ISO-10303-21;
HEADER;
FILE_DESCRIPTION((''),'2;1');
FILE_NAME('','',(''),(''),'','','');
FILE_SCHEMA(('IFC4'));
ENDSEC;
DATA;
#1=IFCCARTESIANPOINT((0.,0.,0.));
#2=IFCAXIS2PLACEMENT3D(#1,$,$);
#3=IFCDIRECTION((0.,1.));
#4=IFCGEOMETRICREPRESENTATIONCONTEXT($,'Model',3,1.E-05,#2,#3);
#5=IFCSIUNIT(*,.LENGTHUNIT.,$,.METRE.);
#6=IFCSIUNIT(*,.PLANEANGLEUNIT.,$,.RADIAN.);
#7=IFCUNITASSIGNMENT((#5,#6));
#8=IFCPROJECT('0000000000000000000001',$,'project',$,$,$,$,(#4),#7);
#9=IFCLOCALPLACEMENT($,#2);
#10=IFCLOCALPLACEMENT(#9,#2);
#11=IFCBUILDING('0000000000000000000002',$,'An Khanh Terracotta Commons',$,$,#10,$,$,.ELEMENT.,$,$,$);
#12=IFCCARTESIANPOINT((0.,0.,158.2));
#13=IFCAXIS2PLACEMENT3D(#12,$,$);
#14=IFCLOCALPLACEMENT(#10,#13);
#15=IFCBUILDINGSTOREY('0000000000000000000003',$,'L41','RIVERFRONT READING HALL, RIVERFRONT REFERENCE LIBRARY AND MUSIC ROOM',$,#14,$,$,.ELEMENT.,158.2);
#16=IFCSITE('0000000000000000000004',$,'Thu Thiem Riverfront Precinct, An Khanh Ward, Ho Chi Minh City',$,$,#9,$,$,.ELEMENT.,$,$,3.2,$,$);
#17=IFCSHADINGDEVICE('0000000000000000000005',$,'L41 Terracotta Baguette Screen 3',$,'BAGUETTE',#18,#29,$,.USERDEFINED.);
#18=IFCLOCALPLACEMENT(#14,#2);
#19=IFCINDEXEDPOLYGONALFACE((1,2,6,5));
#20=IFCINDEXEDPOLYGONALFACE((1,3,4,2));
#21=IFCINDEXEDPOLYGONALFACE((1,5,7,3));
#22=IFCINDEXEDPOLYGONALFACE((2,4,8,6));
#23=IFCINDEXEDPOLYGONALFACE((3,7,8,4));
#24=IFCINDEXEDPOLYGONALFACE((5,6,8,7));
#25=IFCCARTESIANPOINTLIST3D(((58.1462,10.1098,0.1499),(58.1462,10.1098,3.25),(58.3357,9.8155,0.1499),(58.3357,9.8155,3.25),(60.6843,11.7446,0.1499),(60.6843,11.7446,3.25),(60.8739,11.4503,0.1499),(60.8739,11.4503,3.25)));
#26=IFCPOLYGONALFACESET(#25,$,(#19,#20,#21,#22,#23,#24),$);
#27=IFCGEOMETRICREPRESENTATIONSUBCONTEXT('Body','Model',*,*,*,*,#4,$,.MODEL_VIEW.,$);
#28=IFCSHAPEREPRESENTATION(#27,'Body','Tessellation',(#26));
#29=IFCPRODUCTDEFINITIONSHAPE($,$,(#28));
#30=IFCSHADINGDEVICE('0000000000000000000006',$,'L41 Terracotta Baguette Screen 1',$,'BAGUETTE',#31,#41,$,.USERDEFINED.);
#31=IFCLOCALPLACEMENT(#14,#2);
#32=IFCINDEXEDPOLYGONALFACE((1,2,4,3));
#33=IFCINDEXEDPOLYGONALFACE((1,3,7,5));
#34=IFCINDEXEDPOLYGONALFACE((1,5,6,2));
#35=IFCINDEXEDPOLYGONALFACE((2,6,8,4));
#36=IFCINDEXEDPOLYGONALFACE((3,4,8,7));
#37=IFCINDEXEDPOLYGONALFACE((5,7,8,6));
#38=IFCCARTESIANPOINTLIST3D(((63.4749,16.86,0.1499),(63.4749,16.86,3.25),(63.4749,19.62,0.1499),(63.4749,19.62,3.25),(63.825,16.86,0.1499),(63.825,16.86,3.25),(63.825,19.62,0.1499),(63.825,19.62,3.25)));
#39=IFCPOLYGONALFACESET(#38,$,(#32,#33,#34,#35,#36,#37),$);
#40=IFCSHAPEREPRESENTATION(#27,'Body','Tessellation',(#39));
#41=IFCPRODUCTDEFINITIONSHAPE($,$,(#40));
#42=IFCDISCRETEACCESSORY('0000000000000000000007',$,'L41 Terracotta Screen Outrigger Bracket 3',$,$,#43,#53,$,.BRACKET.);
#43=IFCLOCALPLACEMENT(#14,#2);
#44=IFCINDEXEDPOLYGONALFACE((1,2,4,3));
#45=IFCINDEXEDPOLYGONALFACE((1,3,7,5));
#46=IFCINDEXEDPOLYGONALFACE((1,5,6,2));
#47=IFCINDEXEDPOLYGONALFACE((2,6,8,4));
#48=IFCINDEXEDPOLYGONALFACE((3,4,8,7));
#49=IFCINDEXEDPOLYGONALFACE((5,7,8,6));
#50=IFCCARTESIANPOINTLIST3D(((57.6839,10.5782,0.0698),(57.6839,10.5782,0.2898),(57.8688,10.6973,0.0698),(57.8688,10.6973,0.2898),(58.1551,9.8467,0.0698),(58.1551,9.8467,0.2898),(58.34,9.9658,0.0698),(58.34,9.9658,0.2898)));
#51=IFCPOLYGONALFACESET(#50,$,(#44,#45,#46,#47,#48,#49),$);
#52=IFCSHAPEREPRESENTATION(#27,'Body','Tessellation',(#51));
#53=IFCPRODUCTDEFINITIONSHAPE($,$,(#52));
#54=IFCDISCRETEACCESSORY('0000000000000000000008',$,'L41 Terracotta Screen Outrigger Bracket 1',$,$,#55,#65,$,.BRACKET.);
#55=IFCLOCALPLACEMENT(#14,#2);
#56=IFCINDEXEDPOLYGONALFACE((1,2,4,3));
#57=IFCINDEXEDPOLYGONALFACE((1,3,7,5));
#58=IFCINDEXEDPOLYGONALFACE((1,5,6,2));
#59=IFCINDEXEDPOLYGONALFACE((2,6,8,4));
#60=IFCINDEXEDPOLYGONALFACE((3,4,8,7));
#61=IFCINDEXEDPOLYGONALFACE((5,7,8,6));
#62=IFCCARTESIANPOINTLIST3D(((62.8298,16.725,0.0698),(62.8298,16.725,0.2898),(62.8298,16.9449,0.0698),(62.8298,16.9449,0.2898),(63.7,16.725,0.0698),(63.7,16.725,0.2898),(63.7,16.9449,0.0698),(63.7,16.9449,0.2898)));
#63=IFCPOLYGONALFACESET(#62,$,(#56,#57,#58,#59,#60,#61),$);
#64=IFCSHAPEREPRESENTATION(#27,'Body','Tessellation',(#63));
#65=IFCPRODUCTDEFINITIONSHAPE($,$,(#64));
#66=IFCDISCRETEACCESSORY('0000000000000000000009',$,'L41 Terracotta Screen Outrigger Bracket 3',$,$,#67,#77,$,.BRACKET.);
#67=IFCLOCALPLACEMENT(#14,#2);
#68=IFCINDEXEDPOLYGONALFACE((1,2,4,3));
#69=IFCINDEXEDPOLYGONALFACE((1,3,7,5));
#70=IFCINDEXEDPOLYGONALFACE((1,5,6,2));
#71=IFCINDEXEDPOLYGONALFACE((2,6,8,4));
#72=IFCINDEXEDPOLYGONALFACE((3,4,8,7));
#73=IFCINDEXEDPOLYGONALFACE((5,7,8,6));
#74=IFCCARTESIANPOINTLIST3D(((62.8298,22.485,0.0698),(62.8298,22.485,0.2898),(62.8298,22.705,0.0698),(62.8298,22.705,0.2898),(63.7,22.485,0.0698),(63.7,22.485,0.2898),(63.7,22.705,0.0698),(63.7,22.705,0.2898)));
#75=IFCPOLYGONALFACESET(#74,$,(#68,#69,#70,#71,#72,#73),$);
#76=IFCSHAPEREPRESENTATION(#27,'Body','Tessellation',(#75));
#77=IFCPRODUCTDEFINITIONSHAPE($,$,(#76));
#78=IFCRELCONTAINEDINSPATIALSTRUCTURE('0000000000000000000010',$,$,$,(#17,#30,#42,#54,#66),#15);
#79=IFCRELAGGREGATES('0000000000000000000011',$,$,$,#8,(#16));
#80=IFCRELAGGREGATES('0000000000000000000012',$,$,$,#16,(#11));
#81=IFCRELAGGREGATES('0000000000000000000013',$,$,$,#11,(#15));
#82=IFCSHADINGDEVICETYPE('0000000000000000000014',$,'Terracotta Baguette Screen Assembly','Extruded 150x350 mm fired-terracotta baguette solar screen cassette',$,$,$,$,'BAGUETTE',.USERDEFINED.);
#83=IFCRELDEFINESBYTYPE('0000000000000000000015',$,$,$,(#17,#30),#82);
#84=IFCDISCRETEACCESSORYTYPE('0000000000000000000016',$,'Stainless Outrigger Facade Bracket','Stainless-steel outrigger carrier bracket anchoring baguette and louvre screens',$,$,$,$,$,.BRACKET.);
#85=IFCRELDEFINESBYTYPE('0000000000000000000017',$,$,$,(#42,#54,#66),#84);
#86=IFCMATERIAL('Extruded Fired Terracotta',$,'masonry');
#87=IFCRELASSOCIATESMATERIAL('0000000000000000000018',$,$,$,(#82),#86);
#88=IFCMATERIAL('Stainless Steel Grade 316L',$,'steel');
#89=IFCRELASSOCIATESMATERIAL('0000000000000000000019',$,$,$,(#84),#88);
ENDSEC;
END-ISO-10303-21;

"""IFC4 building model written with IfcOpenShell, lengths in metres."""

from ifc_helpers import new_model, si_unit, direction, frame, origin, origin_2d, place, context, subcontext, project, spatial, rectangle, extrude, material, type_object, element, save


model = new_model("IFC4")

# Units and contexts
model_context = context("Model", 3, precision=1e-05, world=origin(), true_north=direction((0.0, 1.0)))
body_context = subcontext(model_context, "Body", "Model", "MODEL_VIEW")
ifc_project = project(units=[si_unit("LENGTHUNIT", "METRE"), si_unit("PLANEANGLEUNIT", "RADIAN")], contexts=[model_context])

# Site, building, storey
site_placement = place(None, origin())
site = spatial("IfcSite", under=ifc_project, at=site_placement, Name="Thu Thiem Riverfront Precinct, An Khanh Ward, Ho Chi Minh City", CompositionType="ELEMENT", RefElevation=3.2)
building_placement = place(site_placement, origin())
building = spatial("IfcBuilding", under=site, at=building_placement, Name="An Khanh Terracotta Commons", CompositionType="ELEMENT")
storey_placement = place(building_placement, frame((0.0, 0.0, 158.2)))
storey = spatial("IfcBuildingStorey", under=building, at=storey_placement, Name="L41", Description="RIVERFRONT READING HALL, RIVERFRONT REFERENCE LIBRARY AND MUSIC ROOM", CompositionType="ELEMENT", Elevation=158.2)

# Shading devices
ifc_material_1 = material(Name="Extruded Fired Terracotta", Category="masonry")
shading_device_type = type_object("IfcShadingDeviceType", Name="Terracotta Baguette Screen Assembly", Description="Extruded 150x350 mm fired-terracotta baguette solar screen cassette", ElementType="BAGUETTE", PredefinedType="USERDEFINED", material=ifc_material_1)
shading_device_1_placement = place(storey_placement, frame((59.51, 10.78, 0.1499), z_axis=(0.0, 0.0, 1.0), x_axis=(0.840702, 0.541498, 0.0)))
element("IfcShadingDevice", 1, at=shading_device_1_placement, inside=storey, type_object=shading_device_type, Name="L41 Terracotta Baguette Screen 3", ObjectType="BAGUETTE", PredefinedType="USERDEFINED", context=body_context, shape_type="SweptSolid", body=[
    extrude(rectangle(XDim=3.019, YDim=0.3501, at=origin_2d()), origin(), (0.0, 0.0, 1.0), 3.1001),
])
shading_device_2_placement = place(storey_placement, frame((63.6499, 18.24, 0.1499), z_axis=(0.0, 0.0, 1.0), x_axis=(0.0, 1.0, 0.0)))
element("IfcShadingDevice", 2, at=shading_device_2_placement, inside=storey, type_object=shading_device_type, Name="L41 Terracotta Baguette Screen 1", ObjectType="BAGUETTE", PredefinedType="USERDEFINED", context=body_context, shape_type="SweptSolid", body=[
    extrude(rectangle(XDim=2.76, YDim=0.3501, at=origin_2d()), origin(), (0.0, 0.0, 1.0), 3.1001),
])

# Discrete accessories
ifc_material_2 = material(Name="Stainless Steel Grade 316L", Category="steel")
discrete_accessory_type = type_object("IfcDiscreteAccessoryType", Name="Stainless Outrigger Facade Bracket", Description="Stainless-steel outrigger carrier bracket anchoring baguette and louvre screens", PredefinedType="BRACKET", material=ifc_material_2)
for number, where, z_axis, x_axis, name in (
    (3, (58.012, 10.272, 0.0698), (0.0, 0.0, 1.0), (0.840702, 0.541498, 0.0), "L41 Terracotta Screen Outrigger Bracket 3"),
    (4, (63.2649, 16.835, 0.0698), (0.0, 0.0, 1.0), (0.0, 1.0, 0.0), "L41 Terracotta Screen Outrigger Bracket 1"),
    (5, (63.2649, 22.595, 0.0698), (0.0, 0.0, 1.0), (0.0, 1.0, 0.0), "L41 Terracotta Screen Outrigger Bracket 3"),
):
    element("IfcDiscreteAccessory", number, at=place(storey_placement, frame(where, z_axis=z_axis, x_axis=x_axis)), inside=storey, type_object=discrete_accessory_type, Name=name, PredefinedType="BRACKET", context=body_context, shape_type="SweptSolid", body=[
        extrude(rectangle(XDim=0.22, YDim=0.8701, at=origin_2d()), origin(), (0.0, 0.0, 1.0), 0.22),
    ])

save(model, "model.ifc")
